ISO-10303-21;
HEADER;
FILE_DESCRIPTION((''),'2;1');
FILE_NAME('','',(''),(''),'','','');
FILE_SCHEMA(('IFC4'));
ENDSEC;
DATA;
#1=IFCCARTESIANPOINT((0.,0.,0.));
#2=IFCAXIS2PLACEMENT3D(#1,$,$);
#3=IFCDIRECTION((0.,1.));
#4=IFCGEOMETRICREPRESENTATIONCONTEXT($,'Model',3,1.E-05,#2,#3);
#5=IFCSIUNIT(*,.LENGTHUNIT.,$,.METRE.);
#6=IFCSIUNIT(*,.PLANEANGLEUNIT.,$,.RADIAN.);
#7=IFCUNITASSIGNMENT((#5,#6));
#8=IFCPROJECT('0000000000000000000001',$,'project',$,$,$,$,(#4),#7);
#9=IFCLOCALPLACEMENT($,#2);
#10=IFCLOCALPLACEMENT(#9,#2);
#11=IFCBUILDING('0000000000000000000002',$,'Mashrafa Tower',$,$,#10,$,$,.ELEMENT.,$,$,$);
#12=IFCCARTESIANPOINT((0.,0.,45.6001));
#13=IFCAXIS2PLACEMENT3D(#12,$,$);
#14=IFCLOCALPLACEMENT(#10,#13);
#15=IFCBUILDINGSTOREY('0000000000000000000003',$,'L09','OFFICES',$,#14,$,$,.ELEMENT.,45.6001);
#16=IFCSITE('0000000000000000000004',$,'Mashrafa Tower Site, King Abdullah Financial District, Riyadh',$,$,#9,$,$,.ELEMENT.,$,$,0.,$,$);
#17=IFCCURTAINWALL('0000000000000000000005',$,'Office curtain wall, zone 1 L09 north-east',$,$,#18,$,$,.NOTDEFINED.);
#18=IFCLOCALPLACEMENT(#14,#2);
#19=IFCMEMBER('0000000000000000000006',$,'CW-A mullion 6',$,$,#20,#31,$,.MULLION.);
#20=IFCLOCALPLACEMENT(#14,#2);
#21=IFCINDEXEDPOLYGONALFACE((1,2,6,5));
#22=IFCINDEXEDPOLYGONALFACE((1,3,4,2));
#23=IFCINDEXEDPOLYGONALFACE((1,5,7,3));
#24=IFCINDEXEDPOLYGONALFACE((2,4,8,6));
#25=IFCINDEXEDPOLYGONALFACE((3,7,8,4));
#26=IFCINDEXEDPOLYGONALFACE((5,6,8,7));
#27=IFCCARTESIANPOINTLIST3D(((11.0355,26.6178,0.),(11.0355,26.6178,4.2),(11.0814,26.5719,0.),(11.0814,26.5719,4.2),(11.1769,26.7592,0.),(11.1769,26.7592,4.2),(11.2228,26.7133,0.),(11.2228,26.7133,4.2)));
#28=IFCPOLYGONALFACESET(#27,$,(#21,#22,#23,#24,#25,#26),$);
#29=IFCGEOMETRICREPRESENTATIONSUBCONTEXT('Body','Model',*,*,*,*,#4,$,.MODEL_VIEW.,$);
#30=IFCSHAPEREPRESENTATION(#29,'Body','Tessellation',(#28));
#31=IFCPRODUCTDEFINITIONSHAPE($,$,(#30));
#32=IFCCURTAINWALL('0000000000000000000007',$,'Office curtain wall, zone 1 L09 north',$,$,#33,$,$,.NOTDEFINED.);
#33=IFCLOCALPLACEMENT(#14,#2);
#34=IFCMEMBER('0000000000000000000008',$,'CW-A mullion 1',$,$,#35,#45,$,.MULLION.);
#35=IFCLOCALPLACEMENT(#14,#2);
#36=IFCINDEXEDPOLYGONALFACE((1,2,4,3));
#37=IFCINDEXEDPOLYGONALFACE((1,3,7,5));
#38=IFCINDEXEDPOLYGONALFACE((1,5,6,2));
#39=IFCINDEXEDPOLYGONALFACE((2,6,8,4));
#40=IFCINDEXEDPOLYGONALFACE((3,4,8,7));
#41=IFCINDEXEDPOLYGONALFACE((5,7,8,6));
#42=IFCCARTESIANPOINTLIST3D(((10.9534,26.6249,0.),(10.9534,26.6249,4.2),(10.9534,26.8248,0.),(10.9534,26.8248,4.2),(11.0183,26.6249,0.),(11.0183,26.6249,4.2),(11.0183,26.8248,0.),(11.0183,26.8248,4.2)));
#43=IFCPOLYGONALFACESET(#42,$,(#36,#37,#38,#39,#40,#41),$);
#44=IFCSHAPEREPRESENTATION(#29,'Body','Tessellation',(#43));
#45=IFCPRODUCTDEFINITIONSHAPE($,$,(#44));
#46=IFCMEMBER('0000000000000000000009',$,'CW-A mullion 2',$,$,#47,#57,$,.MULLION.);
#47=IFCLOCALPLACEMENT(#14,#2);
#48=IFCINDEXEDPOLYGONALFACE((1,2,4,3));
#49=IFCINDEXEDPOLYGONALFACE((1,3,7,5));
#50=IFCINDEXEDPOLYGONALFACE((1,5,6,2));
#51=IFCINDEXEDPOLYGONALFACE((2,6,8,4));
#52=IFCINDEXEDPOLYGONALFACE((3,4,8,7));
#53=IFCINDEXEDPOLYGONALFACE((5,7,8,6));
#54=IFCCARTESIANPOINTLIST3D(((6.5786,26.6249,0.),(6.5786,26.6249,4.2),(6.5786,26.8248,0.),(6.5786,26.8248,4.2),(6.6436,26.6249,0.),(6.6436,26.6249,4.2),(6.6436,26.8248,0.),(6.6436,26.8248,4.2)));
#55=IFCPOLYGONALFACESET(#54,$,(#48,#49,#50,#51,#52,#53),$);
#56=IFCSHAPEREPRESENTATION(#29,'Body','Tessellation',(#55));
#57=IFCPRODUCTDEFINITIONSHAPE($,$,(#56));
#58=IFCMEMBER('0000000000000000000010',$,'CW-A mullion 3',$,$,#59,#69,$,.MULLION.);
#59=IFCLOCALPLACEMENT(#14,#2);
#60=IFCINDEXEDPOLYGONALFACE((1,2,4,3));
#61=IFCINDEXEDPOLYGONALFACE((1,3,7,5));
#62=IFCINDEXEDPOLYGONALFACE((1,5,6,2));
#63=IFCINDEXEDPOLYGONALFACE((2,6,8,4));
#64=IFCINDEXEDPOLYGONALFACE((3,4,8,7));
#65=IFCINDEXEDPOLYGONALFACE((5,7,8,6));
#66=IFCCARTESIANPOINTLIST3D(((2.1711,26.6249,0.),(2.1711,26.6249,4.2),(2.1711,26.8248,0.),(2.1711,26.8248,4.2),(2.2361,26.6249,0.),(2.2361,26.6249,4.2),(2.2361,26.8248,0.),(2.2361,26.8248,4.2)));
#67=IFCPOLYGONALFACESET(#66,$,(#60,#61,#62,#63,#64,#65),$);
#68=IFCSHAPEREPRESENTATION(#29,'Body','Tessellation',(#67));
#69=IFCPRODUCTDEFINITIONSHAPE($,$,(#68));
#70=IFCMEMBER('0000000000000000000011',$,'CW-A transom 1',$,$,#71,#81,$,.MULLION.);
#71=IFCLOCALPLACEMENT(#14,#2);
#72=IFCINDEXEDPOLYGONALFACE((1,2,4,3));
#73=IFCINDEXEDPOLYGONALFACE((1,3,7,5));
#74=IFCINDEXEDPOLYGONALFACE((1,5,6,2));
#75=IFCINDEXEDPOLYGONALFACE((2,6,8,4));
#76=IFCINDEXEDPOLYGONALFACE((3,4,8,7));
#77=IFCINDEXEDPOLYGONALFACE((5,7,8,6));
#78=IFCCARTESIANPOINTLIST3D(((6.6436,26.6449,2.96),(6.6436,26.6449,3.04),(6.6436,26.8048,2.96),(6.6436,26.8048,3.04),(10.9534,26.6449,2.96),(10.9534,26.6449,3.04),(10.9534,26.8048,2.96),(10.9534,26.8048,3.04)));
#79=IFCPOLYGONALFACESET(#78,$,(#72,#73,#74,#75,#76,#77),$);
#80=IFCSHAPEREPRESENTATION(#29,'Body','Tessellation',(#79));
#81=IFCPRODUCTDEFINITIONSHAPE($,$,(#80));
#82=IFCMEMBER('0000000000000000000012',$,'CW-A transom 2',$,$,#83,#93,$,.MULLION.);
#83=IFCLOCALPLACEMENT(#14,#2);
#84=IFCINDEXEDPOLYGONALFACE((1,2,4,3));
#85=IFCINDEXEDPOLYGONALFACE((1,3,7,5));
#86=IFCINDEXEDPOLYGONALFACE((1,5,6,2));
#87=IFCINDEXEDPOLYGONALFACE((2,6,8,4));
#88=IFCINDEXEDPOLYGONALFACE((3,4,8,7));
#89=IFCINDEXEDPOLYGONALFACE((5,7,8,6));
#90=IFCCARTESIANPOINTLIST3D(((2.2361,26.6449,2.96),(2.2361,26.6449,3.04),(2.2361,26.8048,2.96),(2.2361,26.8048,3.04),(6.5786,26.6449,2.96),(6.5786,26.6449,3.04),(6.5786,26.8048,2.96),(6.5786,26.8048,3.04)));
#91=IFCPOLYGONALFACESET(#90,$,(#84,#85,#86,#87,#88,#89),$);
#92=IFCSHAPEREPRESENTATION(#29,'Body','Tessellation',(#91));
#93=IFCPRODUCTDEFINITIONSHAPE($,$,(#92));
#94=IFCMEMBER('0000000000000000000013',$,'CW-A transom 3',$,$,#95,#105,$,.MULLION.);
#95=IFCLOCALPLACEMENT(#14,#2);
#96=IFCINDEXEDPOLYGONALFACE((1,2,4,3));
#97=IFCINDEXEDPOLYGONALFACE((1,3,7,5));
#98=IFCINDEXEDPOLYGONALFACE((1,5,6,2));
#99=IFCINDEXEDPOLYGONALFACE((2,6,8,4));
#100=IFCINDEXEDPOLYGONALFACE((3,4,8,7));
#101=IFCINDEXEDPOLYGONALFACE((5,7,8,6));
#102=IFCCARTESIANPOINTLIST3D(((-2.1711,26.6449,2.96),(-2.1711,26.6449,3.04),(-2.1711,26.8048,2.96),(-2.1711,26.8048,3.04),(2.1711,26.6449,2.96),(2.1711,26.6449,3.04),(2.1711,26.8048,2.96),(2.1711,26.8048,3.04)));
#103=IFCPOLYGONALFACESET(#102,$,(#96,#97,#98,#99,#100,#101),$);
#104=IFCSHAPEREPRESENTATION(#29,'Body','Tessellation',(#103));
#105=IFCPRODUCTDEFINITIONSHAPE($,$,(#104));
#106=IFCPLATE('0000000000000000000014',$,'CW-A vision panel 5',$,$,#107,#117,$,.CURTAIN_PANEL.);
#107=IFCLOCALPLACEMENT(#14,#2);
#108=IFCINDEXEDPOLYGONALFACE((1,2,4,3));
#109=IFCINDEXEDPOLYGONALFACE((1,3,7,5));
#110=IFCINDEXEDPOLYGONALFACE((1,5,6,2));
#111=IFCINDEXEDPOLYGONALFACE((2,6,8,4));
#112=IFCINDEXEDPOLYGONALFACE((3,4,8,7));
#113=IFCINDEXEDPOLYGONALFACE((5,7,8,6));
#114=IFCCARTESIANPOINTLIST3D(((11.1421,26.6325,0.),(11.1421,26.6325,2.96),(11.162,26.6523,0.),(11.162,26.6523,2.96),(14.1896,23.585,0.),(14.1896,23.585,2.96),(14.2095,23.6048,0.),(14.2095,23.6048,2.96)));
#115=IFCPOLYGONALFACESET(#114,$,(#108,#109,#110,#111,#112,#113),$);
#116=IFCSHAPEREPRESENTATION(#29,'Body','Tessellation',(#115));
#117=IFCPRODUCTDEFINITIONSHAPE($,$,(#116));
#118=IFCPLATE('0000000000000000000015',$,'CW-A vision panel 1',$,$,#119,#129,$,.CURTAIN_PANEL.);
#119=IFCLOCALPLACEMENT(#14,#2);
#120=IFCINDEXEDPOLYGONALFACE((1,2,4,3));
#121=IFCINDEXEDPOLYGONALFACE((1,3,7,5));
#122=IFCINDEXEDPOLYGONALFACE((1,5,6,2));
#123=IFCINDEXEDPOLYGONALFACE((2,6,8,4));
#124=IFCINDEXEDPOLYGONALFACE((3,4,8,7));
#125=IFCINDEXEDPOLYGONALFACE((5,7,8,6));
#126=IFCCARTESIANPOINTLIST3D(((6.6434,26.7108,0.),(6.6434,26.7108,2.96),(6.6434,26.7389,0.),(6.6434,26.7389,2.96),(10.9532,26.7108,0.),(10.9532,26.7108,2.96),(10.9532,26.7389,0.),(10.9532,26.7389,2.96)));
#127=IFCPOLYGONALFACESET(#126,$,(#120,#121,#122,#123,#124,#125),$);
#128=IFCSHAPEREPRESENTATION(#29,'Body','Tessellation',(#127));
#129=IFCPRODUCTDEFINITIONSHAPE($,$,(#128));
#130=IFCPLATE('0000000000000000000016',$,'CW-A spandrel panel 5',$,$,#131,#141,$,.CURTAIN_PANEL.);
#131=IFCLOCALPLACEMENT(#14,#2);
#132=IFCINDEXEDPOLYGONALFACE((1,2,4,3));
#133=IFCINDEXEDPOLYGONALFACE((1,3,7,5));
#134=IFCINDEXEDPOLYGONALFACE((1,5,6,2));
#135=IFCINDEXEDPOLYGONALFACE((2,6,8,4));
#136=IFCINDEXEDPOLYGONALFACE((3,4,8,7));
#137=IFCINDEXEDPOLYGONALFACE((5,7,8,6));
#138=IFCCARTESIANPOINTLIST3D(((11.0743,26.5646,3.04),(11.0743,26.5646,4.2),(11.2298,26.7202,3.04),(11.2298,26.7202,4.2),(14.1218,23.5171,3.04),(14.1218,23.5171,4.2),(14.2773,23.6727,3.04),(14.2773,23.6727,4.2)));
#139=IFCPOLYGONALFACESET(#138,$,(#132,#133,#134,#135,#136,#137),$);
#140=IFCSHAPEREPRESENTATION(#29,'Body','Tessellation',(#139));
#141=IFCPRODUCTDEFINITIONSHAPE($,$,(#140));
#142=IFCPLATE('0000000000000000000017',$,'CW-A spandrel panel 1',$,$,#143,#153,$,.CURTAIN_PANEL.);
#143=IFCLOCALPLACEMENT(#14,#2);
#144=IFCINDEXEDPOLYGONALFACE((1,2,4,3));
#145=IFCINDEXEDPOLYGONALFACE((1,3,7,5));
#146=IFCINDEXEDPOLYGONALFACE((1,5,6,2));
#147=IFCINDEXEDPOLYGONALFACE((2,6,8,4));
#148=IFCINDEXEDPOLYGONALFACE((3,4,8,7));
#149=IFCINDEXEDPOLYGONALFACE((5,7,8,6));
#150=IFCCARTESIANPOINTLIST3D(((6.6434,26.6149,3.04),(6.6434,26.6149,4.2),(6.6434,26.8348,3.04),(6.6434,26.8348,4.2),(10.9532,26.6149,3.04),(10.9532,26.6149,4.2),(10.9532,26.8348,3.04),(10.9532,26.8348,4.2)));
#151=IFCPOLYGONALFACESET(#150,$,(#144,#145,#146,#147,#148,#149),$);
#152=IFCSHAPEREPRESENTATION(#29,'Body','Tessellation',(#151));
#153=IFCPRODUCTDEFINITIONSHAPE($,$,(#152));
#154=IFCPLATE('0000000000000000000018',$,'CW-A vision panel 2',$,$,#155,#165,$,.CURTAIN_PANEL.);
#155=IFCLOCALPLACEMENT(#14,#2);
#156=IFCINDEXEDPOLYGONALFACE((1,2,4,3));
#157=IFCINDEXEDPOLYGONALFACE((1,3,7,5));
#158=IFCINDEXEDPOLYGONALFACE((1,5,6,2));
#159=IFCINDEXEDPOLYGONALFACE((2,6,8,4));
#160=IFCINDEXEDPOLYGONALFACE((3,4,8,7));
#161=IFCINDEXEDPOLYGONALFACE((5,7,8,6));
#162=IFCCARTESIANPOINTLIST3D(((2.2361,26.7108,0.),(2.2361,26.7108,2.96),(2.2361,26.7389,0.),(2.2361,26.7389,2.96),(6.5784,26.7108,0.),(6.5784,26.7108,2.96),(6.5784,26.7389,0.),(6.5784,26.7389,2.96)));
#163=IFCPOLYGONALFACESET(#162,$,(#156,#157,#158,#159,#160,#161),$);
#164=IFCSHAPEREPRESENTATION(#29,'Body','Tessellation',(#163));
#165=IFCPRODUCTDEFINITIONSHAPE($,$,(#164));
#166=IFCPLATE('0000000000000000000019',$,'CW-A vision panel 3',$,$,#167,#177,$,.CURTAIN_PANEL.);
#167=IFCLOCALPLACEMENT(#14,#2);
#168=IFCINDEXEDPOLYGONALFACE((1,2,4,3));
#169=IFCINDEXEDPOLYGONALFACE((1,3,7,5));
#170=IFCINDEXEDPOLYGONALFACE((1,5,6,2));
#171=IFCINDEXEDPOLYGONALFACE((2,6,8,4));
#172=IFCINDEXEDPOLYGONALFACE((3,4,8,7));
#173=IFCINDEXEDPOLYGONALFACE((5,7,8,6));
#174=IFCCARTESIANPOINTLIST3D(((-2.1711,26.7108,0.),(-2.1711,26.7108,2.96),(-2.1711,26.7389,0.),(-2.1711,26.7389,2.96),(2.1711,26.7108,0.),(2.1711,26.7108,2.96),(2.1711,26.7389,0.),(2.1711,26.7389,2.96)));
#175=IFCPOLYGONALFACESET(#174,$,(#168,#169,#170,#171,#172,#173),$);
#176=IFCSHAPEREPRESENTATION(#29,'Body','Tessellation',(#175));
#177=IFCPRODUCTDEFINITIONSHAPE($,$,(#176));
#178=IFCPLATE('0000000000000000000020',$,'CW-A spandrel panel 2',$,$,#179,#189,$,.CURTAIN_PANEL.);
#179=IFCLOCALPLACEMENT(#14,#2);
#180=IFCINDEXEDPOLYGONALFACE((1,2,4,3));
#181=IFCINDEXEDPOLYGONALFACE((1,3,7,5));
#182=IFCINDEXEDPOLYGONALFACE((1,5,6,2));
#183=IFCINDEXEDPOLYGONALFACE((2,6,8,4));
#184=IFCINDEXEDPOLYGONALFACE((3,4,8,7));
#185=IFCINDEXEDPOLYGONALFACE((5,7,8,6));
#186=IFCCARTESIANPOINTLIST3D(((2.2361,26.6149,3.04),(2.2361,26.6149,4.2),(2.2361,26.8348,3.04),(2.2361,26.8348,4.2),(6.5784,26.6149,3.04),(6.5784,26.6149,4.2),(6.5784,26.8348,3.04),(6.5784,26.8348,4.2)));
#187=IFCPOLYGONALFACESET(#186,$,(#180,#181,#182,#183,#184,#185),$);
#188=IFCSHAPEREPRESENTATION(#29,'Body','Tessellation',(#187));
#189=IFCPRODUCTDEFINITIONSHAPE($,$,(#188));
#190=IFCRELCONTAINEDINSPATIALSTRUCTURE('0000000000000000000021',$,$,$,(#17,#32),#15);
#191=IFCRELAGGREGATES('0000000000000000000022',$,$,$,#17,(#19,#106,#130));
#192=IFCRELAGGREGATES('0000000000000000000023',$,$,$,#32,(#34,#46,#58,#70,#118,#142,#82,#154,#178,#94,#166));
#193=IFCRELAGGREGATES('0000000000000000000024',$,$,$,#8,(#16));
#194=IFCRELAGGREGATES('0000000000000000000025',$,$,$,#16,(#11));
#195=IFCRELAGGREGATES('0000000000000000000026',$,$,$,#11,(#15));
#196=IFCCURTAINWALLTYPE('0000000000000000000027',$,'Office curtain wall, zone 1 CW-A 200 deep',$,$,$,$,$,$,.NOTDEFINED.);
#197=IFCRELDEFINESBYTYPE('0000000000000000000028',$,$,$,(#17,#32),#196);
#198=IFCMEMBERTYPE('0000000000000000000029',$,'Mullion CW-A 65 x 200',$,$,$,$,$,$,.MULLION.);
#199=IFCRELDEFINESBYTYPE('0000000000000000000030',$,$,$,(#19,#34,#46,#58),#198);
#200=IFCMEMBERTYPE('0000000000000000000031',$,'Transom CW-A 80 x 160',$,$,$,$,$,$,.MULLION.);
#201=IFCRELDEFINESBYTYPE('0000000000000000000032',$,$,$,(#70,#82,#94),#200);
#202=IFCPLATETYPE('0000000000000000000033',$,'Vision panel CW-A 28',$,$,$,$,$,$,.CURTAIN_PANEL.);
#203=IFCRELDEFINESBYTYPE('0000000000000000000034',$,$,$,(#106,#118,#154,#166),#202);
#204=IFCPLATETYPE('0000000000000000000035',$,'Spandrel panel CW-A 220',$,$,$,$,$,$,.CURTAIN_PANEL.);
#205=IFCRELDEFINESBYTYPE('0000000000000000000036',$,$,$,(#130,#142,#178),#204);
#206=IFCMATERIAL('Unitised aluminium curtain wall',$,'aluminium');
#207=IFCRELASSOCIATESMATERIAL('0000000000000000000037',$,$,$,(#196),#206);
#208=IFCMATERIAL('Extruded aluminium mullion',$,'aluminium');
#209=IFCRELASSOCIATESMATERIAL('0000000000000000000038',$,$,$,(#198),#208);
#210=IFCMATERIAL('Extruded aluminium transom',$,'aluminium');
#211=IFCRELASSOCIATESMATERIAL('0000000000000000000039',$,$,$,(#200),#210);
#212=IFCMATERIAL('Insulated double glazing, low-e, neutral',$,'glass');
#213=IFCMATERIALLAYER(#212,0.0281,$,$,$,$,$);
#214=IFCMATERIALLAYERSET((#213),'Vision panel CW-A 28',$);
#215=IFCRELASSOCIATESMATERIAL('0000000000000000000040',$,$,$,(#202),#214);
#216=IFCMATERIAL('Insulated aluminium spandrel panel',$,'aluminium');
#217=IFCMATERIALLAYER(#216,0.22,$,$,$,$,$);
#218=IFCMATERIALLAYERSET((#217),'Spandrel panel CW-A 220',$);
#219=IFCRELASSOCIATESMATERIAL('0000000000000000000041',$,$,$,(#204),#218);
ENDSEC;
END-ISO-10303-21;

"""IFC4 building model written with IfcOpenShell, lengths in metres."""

from ifc_helpers import new_model, si_unit, direction, frame, origin, origin_2d, place, context, subcontext, project, spatial, rectangle, extrude, source, transform, mapped, material, layer, layer_set, material_profile, profile_set, type_object, type_shapes, element, aggregate, save


model = new_model("IFC4")

# Units and contexts
model_context = context("Model", 3, precision=1e-05, world=origin(), true_north=direction((0.0, 1.0)))
body_context = subcontext(model_context, "Body", "Model", "MODEL_VIEW")
ifc_project = project(units=[si_unit("LENGTHUNIT", "METRE"), si_unit("PLANEANGLEUNIT", "RADIAN")], contexts=[model_context])

# Site, building, storey
site_placement = place(None, origin())
site = spatial("IfcSite", under=ifc_project, at=site_placement, Name="Mashrafa Tower Site, King Abdullah Financial District, Riyadh", CompositionType="ELEMENT", RefElevation=0.0)
building_placement = place(site_placement, origin())
building = spatial("IfcBuilding", under=site, at=building_placement, Name="Mashrafa Tower", CompositionType="ELEMENT")
storey_placement = place(building_placement, frame((0.0, 0.0, 45.6001)))
storey = spatial("IfcBuildingStorey", under=building, at=storey_placement, Name="L09", Description="OFFICES", CompositionType="ELEMENT", Elevation=45.6001)

# Curtain wall, member
ifc_material_1 = material(Name="Unitised aluminium curtain wall", Category="aluminium")
curtain_wall_type = type_object("IfcCurtainWallType", Name="Office curtain wall, zone 1 CW-A 200 deep", PredefinedType="NOTDEFINED", material=ifc_material_1)
curtain_wall_1_placement = place(storey_placement, origin())
curtain_wall_1 = element("IfcCurtainWall", 1, at=curtain_wall_1_placement, inside=storey, type_object=curtain_wall_type, Name="Office curtain wall, zone 1 L09 north-east", PredefinedType="NOTDEFINED")
ifc_material_2 = material(Name="Extruded aluminium mullion", Category="aluminium")
ifc_material_profile_1 = material_profile(ifc_material_2, rectangle(XDim=0.2, YDim=0.0649, at=origin_2d()), Name="Mullion 65x200")
ifc_profile_set_1 = profile_set([ifc_material_profile_1], Name="Extruded aluminium mullion")
member_type_1 = type_object("IfcMemberType", Name="Mullion CW-A 65 x 200", PredefinedType="MULLION", material=ifc_profile_set_1)
shared_shape_1 = source(origin(), body_context, "Body", "SweptSolid", [
    extrude(rectangle(XDim=0.2, YDim=0.0649, at=origin_2d()), origin(), (0.0, 0.0, 1.0), 4.2),
])
type_shapes(member_type_1, [shared_shape_1])
member_1_placement = place(storey_placement, frame((11.1292, 26.6655, 0.0), z_axis=(0.0, 0.0, 1.0), x_axis=(-0.707107, -0.707107, 0.0)))
member_1 = element("IfcMember", 2, at=member_1_placement, type_object=member_type_1, Name="CW-A mullion 6", PredefinedType="MULLION", context=body_context, shape_type="MappedRepresentation", body=[
    mapped(shared_shape_1, transform((0.0, 0.0, 0.0))),
])

# Curtain wall, members
curtain_wall_2_placement = place(storey_placement, origin())
curtain_wall_2 = element("IfcCurtainWall", 3, at=curtain_wall_2_placement, inside=storey, type_object=curtain_wall_type, Name="Office curtain wall, zone 1 L09 north", PredefinedType="NOTDEFINED")
member_2_placement = place(storey_placement, frame((10.9858, 26.7249, 0.0), z_axis=(0.0, 0.0, 1.0), x_axis=(0.0, -1.0, 0.0)))
member_2 = element("IfcMember", 4, at=member_2_placement, type_object=member_type_1, Name="CW-A mullion 1", PredefinedType="MULLION", context=body_context, shape_type="MappedRepresentation", body=[
    mapped(shared_shape_1, transform((0.0, 0.0, 0.0))),
])
member_3_placement = place(storey_placement, frame((6.6111, 26.7249, 0.0), z_axis=(0.0, 0.0, 1.0), x_axis=(0.0, -1.0, 0.0)))
member_3 = element("IfcMember", 5, at=member_3_placement, type_object=member_type_1, Name="CW-A mullion 2", PredefinedType="MULLION", context=body_context, shape_type="MappedRepresentation", body=[
    mapped(shared_shape_1, transform((0.0, 0.0, 0.0))),
])
member_4_placement = place(storey_placement, frame((2.2036, 26.7249, 0.0), z_axis=(0.0, 0.0, 1.0), x_axis=(0.0, -1.0, 0.0)))
member_4 = element("IfcMember", 6, at=member_4_placement, type_object=member_type_1, Name="CW-A mullion 3", PredefinedType="MULLION", context=body_context, shape_type="MappedRepresentation", body=[
    mapped(shared_shape_1, transform((0.0, 0.0, 0.0))),
])
ifc_material_3 = material(Name="Extruded aluminium transom", Category="aluminium")
ifc_material_profile_2 = material_profile(ifc_material_3, rectangle(XDim=0.1599, YDim=0.0801, at=origin_2d()), Name="Transom 80x160")
ifc_profile_set_2 = profile_set([ifc_material_profile_2], Name="Extruded aluminium transom")
member_type_2 = type_object("IfcMemberType", Name="Transom CW-A 80 x 160", PredefinedType="MULLION", material=ifc_profile_set_2)
shared_shape_2 = source(origin(), body_context, "Body", "SweptSolid", [
    extrude(rectangle(XDim=0.1599, YDim=0.0801, at=origin_2d()), origin(), (0.0, 0.0, 1.0), 4.3098),
])
member_5_placement = place(storey_placement, frame((10.9534, 26.7249, 3.0), z_axis=(-1.0, 0.0, 0.0), x_axis=(0.0, -1.0, 0.0)))
member_5 = element("IfcMember", 7, at=member_5_placement, type_object=member_type_2, Name="CW-A transom 1", PredefinedType="MULLION", context=body_context, shape_type="MappedRepresentation", body=[
    mapped(shared_shape_2, transform((0.0, 0.0, 0.0))),
])
shared_shape_3 = source(origin(), body_context, "Body", "SweptSolid", [
    extrude(rectangle(XDim=0.1599, YDim=0.0801, at=origin_2d()), origin(), (0.0, 0.0, 1.0), 4.3425),
])
member_6_placement = place(storey_placement, frame((6.5786, 26.7249, 3.0), z_axis=(-1.0, 0.0, 0.0), x_axis=(0.0, -1.0, 0.0)))
member_6 = element("IfcMember", 8, at=member_6_placement, type_object=member_type_2, Name="CW-A transom 2", PredefinedType="MULLION", context=body_context, shape_type="MappedRepresentation", body=[
    mapped(shared_shape_3, transform((0.0, 0.0, 0.0))),
])
shared_shape_4 = source(origin(), body_context, "Body", "SweptSolid", [
    extrude(rectangle(XDim=0.1599, YDim=0.0801, at=origin_2d()), origin(), (0.0, 0.0, 1.0), 4.3423),
])
type_shapes(member_type_2, [shared_shape_2, shared_shape_3, shared_shape_4])
member_7_placement = place(storey_placement, frame((2.1711, 26.7249, 3.0), z_axis=(-1.0, 0.0, 0.0), x_axis=(0.0, -1.0, 0.0)))
member_7 = element("IfcMember", 9, at=member_7_placement, type_object=member_type_2, Name="CW-A transom 3", PredefinedType="MULLION", context=body_context, shape_type="MappedRepresentation", body=[
    mapped(shared_shape_4, transform((0.0, 0.0, 0.0))),
])

# Plates
ifc_material_4 = material(Name="Insulated double glazing, low-e, neutral", Category="glass")
ifc_layer_1 = layer(ifc_material_4, 0.0281)
ifc_layer_set_1 = layer_set([ifc_layer_1], Name="Vision panel CW-A 28")
plate_type_1 = type_object("IfcPlateType", Name="Vision panel CW-A 28", PredefinedType="CURTAIN_PANEL", material=ifc_layer_set_1)
shared_shape_5 = source(origin(), body_context, "Body", "SweptSolid", [
    extrude(rectangle(XDim=4.3098, YDim=0.0281, at=origin_2d()), origin(), (0.0, 0.0, 1.0), 2.96),
])
plate_1_placement = place(storey_placement, frame((12.6758, 25.1187, 0.0), z_axis=(0.0, 0.0, 1.0), x_axis=(-0.707107, 0.707107, 0.0)))
plate_1 = element("IfcPlate", 10, at=plate_1_placement, type_object=plate_type_1, Name="CW-A vision panel 5", PredefinedType="CURTAIN_PANEL", context=body_context, shape_type="MappedRepresentation", body=[
    mapped(shared_shape_5, transform((0.0, 0.0, 0.0))),
])
plate_2_placement = place(storey_placement, frame((8.7983, 26.7249, 0.0), z_axis=(0.0, 0.0, 1.0), x_axis=(-1.0, 0.0, 0.0)))
plate_2 = element("IfcPlate", 11, at=plate_2_placement, type_object=plate_type_1, Name="CW-A vision panel 1", PredefinedType="CURTAIN_PANEL", context=body_context, shape_type="MappedRepresentation", body=[
    mapped(shared_shape_5, transform((0.0, 0.0, 0.0))),
])
ifc_material_5 = material(Name="Insulated aluminium spandrel panel", Category="aluminium")
ifc_layer_2 = layer(ifc_material_5, 0.22)
ifc_layer_set_2 = layer_set([ifc_layer_2], Name="Spandrel panel CW-A 220")
plate_type_2 = type_object("IfcPlateType", Name="Spandrel panel CW-A 220", PredefinedType="CURTAIN_PANEL", material=ifc_layer_set_2)
shared_shape_6 = source(origin(), body_context, "Body", "SweptSolid", [
    extrude(rectangle(XDim=4.3098, YDim=0.22, at=origin_2d()), origin(), (0.0, 0.0, 1.0), 1.1599),
])
plate_3_placement = place(storey_placement, frame((12.6758, 25.1187, 3.04), z_axis=(0.0, 0.0, 1.0), x_axis=(-0.707107, 0.707107, 0.0)))
plate_3 = element("IfcPlate", 12, at=plate_3_placement, type_object=plate_type_2, Name="CW-A spandrel panel 5", PredefinedType="CURTAIN_PANEL", context=body_context, shape_type="MappedRepresentation", body=[
    mapped(shared_shape_6, transform((0.0, 0.0, 0.0))),
])
aggregate(curtain_wall_1, [member_1, plate_1, plate_3])
plate_4_placement = place(storey_placement, frame((8.7983, 26.7249, 3.04), z_axis=(0.0, 0.0, 1.0), x_axis=(-1.0, 0.0, 0.0)))
plate_4 = element("IfcPlate", 13, at=plate_4_placement, type_object=plate_type_2, Name="CW-A spandrel panel 1", PredefinedType="CURTAIN_PANEL", context=body_context, shape_type="MappedRepresentation", body=[
    mapped(shared_shape_6, transform((0.0, 0.0, 0.0))),
])
shared_shape_7 = source(origin(), body_context, "Body", "SweptSolid", [
    extrude(rectangle(XDim=4.3423, YDim=0.0281, at=origin_2d()), origin(), (0.0, 0.0, 1.0), 2.96),
])
type_shapes(plate_type_1, [shared_shape_5, shared_shape_7])
plate_5_placement = place(storey_placement, frame((4.4072, 26.7249, 0.0), z_axis=(0.0, 0.0, 1.0), x_axis=(-1.0, 0.0, 0.0)))
plate_5 = element("IfcPlate", 14, at=plate_5_placement, type_object=plate_type_1, Name="CW-A vision panel 2", PredefinedType="CURTAIN_PANEL", context=body_context, shape_type="MappedRepresentation", body=[
    mapped(shared_shape_7, transform((0.0, 0.0, 0.0))),
])
plate_6_placement = place(storey_placement, frame((0.0, 26.7249, 0.0), z_axis=(0.0, 0.0, 1.0), x_axis=(-1.0, 0.0, 0.0)))
plate_6 = element("IfcPlate", 15, at=plate_6_placement, type_object=plate_type_1, Name="CW-A vision panel 3", PredefinedType="CURTAIN_PANEL", context=body_context, shape_type="MappedRepresentation", body=[
    mapped(shared_shape_7, transform((0.0, 0.0, 0.0))),
])
shared_shape_8 = source(origin(), body_context, "Body", "SweptSolid", [
    extrude(rectangle(XDim=4.3423, YDim=0.22, at=origin_2d()), origin(), (0.0, 0.0, 1.0), 1.1599),
])
type_shapes(plate_type_2, [shared_shape_6, shared_shape_8])
plate_7_placement = place(storey_placement, frame((4.4072, 26.7249, 3.04), z_axis=(0.0, 0.0, 1.0), x_axis=(-1.0, 0.0, 0.0)))
plate_7 = element("IfcPlate", 16, at=plate_7_placement, type_object=plate_type_2, Name="CW-A spandrel panel 2", PredefinedType="CURTAIN_PANEL", context=body_context, shape_type="MappedRepresentation", body=[
    mapped(shared_shape_8, transform((0.0, 0.0, 0.0))),
])
aggregate(curtain_wall_2, [member_2, member_3, member_4, member_5, plate_2, plate_4, member_6, plate_5, plate_7, member_7, plate_6])

save(model, "model.ifc")
